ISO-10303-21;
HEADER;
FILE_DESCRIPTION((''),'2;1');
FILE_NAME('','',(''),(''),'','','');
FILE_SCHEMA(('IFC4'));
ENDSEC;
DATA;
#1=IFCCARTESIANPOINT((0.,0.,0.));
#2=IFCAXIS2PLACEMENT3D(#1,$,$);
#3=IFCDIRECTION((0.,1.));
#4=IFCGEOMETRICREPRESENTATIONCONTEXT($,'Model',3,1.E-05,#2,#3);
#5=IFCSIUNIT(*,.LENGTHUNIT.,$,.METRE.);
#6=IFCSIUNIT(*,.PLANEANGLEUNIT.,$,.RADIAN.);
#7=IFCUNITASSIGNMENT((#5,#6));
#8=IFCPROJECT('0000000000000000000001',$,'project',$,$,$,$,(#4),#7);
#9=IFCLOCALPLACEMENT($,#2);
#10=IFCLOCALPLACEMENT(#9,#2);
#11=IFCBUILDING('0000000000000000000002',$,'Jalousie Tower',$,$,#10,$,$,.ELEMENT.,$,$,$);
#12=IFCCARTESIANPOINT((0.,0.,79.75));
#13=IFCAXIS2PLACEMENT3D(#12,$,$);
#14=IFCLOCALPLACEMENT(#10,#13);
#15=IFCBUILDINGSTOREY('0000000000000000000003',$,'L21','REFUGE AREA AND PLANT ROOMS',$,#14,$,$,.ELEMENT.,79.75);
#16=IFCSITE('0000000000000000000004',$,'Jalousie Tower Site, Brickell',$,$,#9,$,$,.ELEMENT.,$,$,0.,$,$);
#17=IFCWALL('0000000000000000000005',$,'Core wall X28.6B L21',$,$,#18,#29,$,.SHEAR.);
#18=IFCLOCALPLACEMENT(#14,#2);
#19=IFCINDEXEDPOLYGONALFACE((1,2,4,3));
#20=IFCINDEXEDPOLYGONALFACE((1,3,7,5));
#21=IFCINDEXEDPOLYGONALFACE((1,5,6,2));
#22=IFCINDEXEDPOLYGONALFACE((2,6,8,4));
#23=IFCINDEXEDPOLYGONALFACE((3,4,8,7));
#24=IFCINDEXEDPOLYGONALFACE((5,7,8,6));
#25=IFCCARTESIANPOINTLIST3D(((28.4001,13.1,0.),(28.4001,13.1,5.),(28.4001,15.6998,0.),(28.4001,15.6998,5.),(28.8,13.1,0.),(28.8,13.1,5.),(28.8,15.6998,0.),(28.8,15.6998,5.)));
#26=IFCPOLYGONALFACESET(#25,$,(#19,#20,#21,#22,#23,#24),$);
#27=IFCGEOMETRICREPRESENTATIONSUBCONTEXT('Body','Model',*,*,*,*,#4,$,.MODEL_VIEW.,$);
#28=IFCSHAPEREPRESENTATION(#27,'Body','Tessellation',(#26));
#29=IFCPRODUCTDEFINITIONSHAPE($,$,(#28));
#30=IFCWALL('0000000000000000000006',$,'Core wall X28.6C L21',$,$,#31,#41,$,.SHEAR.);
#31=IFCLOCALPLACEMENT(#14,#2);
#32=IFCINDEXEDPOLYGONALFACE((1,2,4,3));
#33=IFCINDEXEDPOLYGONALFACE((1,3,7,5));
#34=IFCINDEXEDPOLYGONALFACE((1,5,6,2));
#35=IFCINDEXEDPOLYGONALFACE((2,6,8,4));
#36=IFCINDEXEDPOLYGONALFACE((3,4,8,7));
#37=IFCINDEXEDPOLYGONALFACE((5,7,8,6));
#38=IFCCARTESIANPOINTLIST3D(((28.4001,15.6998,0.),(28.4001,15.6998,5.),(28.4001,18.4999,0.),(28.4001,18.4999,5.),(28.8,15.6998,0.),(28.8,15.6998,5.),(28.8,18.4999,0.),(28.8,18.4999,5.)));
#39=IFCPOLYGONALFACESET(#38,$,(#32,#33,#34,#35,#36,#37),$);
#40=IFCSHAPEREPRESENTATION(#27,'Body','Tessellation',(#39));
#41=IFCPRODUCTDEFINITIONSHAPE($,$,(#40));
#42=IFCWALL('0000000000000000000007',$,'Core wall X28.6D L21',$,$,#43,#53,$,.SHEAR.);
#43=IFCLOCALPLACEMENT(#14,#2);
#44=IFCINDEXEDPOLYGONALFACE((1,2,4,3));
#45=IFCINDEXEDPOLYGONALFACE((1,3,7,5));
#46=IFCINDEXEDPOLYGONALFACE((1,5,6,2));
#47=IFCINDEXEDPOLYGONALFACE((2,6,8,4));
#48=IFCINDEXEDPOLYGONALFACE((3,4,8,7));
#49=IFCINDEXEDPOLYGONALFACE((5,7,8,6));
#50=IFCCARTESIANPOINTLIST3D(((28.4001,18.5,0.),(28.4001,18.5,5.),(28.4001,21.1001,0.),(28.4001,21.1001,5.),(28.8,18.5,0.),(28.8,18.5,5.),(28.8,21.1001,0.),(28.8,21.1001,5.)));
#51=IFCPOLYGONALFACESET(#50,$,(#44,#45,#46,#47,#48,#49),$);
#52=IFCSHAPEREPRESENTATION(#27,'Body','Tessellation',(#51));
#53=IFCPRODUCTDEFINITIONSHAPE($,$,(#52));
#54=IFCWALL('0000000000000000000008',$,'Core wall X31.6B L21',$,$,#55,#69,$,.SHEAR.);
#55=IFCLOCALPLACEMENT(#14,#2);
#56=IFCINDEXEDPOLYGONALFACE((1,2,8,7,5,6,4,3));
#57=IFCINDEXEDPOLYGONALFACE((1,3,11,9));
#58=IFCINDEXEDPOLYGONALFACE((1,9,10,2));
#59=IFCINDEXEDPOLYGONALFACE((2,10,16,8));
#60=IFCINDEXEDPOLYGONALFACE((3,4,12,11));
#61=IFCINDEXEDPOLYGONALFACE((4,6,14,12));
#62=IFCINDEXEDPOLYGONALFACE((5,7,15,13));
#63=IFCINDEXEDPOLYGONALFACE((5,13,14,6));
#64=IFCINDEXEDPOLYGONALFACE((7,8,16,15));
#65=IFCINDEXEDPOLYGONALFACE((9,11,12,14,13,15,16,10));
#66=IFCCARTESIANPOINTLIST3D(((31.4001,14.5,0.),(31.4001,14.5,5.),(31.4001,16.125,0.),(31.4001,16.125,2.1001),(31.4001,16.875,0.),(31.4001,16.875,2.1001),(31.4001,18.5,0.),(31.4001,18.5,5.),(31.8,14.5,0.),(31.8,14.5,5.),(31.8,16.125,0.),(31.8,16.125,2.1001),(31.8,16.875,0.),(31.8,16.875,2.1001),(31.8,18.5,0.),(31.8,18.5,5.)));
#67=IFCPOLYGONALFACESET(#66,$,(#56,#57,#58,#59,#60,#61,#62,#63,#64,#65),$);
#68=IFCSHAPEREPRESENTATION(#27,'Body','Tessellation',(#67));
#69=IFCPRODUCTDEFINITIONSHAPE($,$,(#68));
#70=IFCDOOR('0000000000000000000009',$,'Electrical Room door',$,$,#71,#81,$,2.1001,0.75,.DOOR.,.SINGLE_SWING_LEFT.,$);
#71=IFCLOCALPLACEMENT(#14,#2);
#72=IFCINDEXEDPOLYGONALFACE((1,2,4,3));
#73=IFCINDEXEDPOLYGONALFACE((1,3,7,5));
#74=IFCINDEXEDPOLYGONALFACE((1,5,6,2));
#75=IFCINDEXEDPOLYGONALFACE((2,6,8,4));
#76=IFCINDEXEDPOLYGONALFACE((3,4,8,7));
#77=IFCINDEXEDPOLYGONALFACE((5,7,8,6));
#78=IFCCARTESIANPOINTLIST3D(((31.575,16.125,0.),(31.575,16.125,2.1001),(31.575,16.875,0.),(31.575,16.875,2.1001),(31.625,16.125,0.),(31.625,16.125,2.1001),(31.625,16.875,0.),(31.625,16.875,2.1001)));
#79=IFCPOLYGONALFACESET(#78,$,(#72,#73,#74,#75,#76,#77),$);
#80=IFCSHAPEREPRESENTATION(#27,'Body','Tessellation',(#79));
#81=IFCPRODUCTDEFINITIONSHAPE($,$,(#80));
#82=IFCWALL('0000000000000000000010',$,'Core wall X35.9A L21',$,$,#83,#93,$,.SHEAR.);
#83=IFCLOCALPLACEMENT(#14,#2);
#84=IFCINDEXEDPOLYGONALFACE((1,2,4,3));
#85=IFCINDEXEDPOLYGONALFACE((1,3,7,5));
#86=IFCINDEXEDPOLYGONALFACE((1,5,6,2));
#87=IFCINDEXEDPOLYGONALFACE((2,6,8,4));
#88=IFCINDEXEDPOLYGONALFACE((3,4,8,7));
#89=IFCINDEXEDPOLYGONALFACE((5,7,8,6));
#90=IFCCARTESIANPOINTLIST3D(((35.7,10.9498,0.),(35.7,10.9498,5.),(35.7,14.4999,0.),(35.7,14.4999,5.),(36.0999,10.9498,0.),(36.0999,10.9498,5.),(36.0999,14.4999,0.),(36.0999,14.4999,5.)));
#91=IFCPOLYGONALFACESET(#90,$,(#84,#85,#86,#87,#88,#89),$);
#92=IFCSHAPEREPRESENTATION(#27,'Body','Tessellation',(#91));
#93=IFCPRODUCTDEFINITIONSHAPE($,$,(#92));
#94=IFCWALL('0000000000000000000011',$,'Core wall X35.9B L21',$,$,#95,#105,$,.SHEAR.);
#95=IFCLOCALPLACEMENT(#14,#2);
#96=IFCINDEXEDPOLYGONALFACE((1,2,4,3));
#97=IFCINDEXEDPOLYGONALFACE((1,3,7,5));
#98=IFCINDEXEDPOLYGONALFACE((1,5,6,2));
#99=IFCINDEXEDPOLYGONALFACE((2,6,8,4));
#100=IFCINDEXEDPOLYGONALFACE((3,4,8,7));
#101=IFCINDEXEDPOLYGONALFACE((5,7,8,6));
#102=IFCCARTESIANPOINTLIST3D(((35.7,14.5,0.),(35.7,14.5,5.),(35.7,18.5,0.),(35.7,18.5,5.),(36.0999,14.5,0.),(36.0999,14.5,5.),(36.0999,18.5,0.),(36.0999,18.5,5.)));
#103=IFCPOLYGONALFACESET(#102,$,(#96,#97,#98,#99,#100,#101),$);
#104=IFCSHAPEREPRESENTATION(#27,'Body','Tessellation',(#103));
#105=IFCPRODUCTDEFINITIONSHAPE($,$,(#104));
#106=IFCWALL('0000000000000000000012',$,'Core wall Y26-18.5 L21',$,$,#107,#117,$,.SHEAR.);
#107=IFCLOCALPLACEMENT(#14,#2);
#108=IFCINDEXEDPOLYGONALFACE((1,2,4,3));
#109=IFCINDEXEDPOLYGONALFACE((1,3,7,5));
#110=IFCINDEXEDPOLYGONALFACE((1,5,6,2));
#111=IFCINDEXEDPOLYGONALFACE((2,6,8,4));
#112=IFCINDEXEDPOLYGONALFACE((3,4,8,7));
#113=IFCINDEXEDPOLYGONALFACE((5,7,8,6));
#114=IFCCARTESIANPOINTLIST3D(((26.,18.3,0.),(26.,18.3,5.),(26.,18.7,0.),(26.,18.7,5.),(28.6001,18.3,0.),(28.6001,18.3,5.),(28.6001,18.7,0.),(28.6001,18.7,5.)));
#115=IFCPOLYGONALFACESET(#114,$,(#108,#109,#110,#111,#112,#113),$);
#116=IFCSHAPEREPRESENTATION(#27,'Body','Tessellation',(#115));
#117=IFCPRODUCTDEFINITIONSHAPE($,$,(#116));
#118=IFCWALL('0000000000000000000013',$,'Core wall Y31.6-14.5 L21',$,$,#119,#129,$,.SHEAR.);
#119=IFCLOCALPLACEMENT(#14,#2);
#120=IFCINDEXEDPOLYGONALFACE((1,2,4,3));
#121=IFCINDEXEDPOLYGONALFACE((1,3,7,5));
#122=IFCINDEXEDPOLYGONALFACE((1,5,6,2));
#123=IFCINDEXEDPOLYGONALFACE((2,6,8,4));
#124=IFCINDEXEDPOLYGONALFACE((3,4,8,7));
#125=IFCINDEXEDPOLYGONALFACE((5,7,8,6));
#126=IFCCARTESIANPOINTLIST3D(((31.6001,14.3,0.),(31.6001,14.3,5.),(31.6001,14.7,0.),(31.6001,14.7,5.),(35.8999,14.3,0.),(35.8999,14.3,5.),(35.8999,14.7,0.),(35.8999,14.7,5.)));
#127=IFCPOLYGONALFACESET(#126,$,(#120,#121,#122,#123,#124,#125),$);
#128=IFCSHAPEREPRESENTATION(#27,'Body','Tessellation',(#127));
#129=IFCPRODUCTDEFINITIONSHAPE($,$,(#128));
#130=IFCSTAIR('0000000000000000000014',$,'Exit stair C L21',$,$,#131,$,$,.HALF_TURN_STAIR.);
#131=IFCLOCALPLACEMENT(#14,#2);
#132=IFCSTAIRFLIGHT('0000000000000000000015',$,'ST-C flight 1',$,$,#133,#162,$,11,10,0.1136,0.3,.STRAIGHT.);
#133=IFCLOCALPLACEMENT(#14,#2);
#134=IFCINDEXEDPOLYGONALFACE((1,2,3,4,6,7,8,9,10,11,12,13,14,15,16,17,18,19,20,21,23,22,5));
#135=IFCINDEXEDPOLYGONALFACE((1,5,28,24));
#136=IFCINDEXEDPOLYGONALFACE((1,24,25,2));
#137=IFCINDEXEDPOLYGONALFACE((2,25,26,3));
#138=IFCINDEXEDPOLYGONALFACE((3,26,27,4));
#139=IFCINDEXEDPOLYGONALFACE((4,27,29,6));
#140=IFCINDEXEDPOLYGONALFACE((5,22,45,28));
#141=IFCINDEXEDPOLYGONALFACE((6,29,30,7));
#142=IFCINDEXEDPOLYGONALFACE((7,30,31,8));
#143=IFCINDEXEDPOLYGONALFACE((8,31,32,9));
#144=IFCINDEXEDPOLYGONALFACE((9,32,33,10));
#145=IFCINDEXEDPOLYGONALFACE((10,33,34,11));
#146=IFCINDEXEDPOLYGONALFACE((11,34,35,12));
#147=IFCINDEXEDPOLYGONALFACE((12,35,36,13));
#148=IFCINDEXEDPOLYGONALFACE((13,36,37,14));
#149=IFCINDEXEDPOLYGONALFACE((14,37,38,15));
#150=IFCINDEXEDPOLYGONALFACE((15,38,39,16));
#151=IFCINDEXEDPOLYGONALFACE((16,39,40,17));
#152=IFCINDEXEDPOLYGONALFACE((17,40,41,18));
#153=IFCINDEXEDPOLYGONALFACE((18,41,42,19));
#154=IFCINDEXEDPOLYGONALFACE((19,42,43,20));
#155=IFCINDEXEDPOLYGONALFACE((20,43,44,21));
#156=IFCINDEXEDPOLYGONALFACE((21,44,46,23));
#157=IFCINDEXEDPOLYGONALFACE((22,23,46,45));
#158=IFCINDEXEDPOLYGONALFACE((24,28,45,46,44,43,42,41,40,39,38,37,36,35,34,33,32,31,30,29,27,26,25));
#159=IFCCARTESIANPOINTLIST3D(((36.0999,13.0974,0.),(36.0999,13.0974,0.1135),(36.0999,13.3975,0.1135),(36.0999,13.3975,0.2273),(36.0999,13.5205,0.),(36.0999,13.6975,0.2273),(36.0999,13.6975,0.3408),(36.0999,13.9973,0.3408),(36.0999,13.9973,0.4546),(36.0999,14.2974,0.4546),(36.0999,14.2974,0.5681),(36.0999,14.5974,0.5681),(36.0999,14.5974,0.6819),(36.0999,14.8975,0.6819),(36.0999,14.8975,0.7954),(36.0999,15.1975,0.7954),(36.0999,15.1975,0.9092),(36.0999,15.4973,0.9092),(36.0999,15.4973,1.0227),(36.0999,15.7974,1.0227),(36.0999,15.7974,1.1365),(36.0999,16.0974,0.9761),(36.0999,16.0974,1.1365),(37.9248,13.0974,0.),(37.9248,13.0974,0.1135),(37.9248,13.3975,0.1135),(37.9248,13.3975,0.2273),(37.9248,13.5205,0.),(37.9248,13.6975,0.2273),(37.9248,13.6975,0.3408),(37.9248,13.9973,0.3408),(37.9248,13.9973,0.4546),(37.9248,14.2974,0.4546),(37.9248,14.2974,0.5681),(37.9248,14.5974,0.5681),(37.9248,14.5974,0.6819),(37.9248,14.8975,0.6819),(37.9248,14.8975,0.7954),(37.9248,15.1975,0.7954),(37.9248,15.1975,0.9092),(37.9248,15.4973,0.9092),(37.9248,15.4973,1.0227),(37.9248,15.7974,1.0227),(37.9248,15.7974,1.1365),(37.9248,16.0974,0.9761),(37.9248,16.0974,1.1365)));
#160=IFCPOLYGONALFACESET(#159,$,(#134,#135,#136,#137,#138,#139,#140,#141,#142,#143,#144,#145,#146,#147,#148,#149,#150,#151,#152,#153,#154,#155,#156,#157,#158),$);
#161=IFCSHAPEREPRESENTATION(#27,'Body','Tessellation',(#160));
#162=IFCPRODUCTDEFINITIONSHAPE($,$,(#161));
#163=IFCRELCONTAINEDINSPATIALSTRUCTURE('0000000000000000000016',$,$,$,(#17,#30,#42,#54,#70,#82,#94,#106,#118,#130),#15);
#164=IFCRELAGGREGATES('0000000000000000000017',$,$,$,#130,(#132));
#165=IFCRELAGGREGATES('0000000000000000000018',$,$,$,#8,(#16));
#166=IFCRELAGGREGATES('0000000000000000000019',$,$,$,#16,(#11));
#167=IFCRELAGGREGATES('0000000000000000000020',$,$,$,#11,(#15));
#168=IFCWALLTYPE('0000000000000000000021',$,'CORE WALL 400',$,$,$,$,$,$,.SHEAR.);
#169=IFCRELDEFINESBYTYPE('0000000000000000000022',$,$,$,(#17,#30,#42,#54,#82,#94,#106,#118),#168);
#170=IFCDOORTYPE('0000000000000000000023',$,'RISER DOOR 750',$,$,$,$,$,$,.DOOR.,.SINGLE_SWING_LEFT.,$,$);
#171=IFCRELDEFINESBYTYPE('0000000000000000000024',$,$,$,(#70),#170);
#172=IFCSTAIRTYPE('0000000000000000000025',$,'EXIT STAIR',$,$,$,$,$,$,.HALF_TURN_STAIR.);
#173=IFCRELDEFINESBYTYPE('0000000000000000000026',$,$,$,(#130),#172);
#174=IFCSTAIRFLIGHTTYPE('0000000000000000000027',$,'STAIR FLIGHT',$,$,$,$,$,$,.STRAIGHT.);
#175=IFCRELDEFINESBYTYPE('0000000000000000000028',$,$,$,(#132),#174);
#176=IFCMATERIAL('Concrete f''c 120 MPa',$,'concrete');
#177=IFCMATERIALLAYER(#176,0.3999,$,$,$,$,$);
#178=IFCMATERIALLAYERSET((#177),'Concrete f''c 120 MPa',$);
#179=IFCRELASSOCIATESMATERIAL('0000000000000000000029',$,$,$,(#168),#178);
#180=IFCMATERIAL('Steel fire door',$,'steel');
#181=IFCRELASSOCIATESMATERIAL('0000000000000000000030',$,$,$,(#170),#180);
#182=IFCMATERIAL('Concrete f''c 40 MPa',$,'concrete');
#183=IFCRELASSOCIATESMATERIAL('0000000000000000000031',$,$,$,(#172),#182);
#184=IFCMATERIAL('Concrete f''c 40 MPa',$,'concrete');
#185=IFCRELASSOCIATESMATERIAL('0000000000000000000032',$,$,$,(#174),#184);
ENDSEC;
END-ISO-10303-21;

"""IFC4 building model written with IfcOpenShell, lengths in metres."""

from ifc_helpers import new_model, si_unit, direction, frame, frame_2d, origin, place, context, subcontext, project, spatial, polyline, rectangle, outline, extrude, material, layer, layer_set, type_object, element, fill, aggregate, save


model = new_model("IFC4")

# Units and contexts
model_context = context("Model", 3, precision=1e-05, world=origin(), true_north=direction((0.0, 1.0)))
body_context = subcontext(model_context, "Body", "Model", "MODEL_VIEW")
ifc_project = project(units=[si_unit("LENGTHUNIT", "METRE"), si_unit("PLANEANGLEUNIT", "RADIAN")], contexts=[model_context])

# Site, building, storey
site_placement = place(None, origin())
site = spatial("IfcSite", under=ifc_project, at=site_placement, Name="Jalousie Tower Site, Brickell", CompositionType="ELEMENT", RefElevation=0.0)
building_placement = place(site_placement, origin())
building = spatial("IfcBuilding", under=site, at=building_placement, Name="Jalousie Tower", CompositionType="ELEMENT")
storey_placement = place(building_placement, frame((0.0, 0.0, 79.75)))
storey = spatial("IfcBuildingStorey", under=building, at=storey_placement, Name="L21", Description="REFUGE AREA AND PLANT ROOMS", CompositionType="ELEMENT", Elevation=79.75)

# Walls
ifc_material_1 = material(Name="Concrete f'c 120 MPa", Category="concrete")
ifc_layer = layer(ifc_material_1, 0.3999)
ifc_layer_set = layer_set([ifc_layer], Name="Concrete f'c 120 MPa")
wall_type = type_object("IfcWallType", Name="CORE WALL 400", PredefinedType="SHEAR", material=ifc_layer_set)
wall_1_placement = place(storey_placement, frame((28.6001, 13.1001, 0.0), z_axis=(0.0, 0.0, 1.0), x_axis=(0.0, 1.0, 0.0)))
element("IfcWall", 1, at=wall_1_placement, inside=storey, type_object=wall_type, Name="Core wall X28.6B L21", PredefinedType="SHEAR", context=body_context, shape_type="SweptSolid", body=[
    extrude(rectangle(XDim=2.5999, YDim=0.3999, at=frame_2d((1.2998, 0.0))), origin(), (0.0, 0.0, 1.0), 5.0),
])
wall_2_placement = place(storey_placement, frame((28.6001, 15.7, 0.0), z_axis=(0.0, 0.0, 1.0), x_axis=(0.0, 1.0, 0.0)))
element("IfcWall", 2, at=wall_2_placement, inside=storey, type_object=wall_type, Name="Core wall X28.6C L21", PredefinedType="SHEAR", context=body_context, shape_type="SweptSolid", body=[
    extrude(rectangle(XDim=2.8, YDim=0.3999, at=frame_2d((1.3999, 0.0))), origin(), (0.0, 0.0, 1.0), 5.0),
])
wall_3_placement = place(storey_placement, frame((28.6001, 18.5, 0.0), z_axis=(0.0, 0.0, 1.0), x_axis=(0.0, 1.0, 0.0)))
element("IfcWall", 3, at=wall_3_placement, inside=storey, type_object=wall_type, Name="Core wall X28.6D L21", PredefinedType="SHEAR", context=body_context, shape_type="SweptSolid", body=[
    extrude(rectangle(XDim=2.6001, YDim=0.3999, at=frame_2d((1.3, 0.0))), origin(), (0.0, 0.0, 1.0), 5.0),
])

# Wall, opening, door
wall_4_placement = place(storey_placement, frame((31.6001, 14.5, 0.0), z_axis=(0.0, 0.0, 1.0), x_axis=(0.0, 1.0, 0.0)))
wall_4 = element("IfcWall", 4, at=wall_4_placement, inside=storey, type_object=wall_type, Name="Core wall X31.6B L21", PredefinedType="SHEAR", context=body_context, shape_type="SweptSolid", body=[
    extrude(rectangle(XDim=4.0, YDim=0.3999, at=frame_2d((2.0, 0.0))), origin(), (0.0, 0.0, 1.0), 5.0),
])
opening_placement = place(wall_4_placement, frame((1.625, 0.0, 0.0)))
opening = element("IfcOpeningElement", 5, at=opening_placement, cuts=wall_4, PredefinedType="OPENING", context=body_context, shape_type="SweptSolid", body=[
    extrude(rectangle(XDim=0.75, YDim=2.1001, at=frame_2d((0.375, 1.05))), frame((0.0, 0.21, 0.0), z_axis=(0.0, -1.0, 0.0), x_axis=(1.0, 0.0, 0.0)), (0.0, 0.0, 1.0), 0.4199),
])
ifc_material_2 = material(Name="Steel fire door", Category="steel")
door_type = type_object("IfcDoorType", Name="RISER DOOR 750", OperationType="SINGLE_SWING_LEFT", PredefinedType="DOOR", material=ifc_material_2)
door_placement = place(opening_placement, frame((0.75, 0.0, 0.0), z_axis=(0.0, 0.0, 1.0), x_axis=(-1.0, 0.0, 0.0)))
door = element("IfcDoor", 6, at=door_placement, inside=storey, type_object=door_type, Name="Electrical Room door", OperationType="SINGLE_SWING_LEFT", OverallHeight=2.1001, OverallWidth=0.75, PredefinedType="DOOR", context=body_context, shape_type="SweptSolid", body=[
    extrude(rectangle(XDim=0.75, YDim=2.1001, at=frame_2d((0.375, 1.05))), frame((0.0, 0.0249, 0.0), z_axis=(0.0, -1.0, 0.0), x_axis=(1.0, 0.0, 0.0)), (0.0, 0.0, 1.0), 0.05),
])
fill(opening, door)

# Walls
wall_5_placement = place(storey_placement, frame((35.8999, 10.95, 0.0), z_axis=(0.0, 0.0, 1.0), x_axis=(0.0, 1.0, 0.0)))
element("IfcWall", 7, at=wall_5_placement, inside=storey, type_object=wall_type, Name="Core wall X35.9A L21", PredefinedType="SHEAR", context=body_context, shape_type="SweptSolid", body=[
    extrude(rectangle(XDim=3.55, YDim=0.3999, at=frame_2d((1.7749, 0.0))), origin(), (0.0, 0.0, 1.0), 5.0),
])
wall_6_placement = place(storey_placement, frame((35.8999, 14.5, 0.0), z_axis=(0.0, 0.0, 1.0), x_axis=(0.0, 1.0, 0.0)))
element("IfcWall", 8, at=wall_6_placement, inside=storey, type_object=wall_type, Name="Core wall X35.9B L21", PredefinedType="SHEAR", context=body_context, shape_type="SweptSolid", body=[
    extrude(rectangle(XDim=4.0, YDim=0.3999, at=frame_2d((2.0, 0.0))), origin(), (0.0, 0.0, 1.0), 5.0),
])
wall_7_placement = place(storey_placement, frame((26.0, 18.5, 0.0), z_axis=(0.0, 0.0, 1.0), x_axis=(1.0, 0.0, 0.0)))
element("IfcWall", 9, at=wall_7_placement, inside=storey, type_object=wall_type, Name="Core wall Y26-18.5 L21", PredefinedType="SHEAR", context=body_context, shape_type="SweptSolid", body=[
    extrude(rectangle(XDim=2.6001, YDim=0.3999, at=frame_2d((1.3, 0.0))), origin(), (0.0, 0.0, 1.0), 5.0),
])
wall_8_placement = place(storey_placement, frame((31.6001, 14.5, 0.0), z_axis=(0.0, 0.0, 1.0), x_axis=(1.0, 0.0, 0.0)))
element("IfcWall", 10, at=wall_8_placement, inside=storey, type_object=wall_type, Name="Core wall Y31.6-14.5 L21", PredefinedType="SHEAR", context=body_context, shape_type="SweptSolid", body=[
    extrude(rectangle(XDim=4.2998, YDim=0.3999, at=frame_2d((2.1499, 0.0))), origin(), (0.0, 0.0, 1.0), 5.0),
])

# Stair, stair flight
ifc_material_3 = material(Name="Concrete f'c 40 MPa", Category="concrete")
stair_type = type_object("IfcStairType", Name="EXIT STAIR", PredefinedType="HALF_TURN_STAIR", material=ifc_material_3)
stair_placement = place(storey_placement, origin())
stair = element("IfcStair", 11, at=stair_placement, inside=storey, type_object=stair_type, Name="Exit stair C L21", PredefinedType="HALF_TURN_STAIR")
ifc_material_4 = material(Name="Concrete f'c 40 MPa", Category="concrete")
stair_flight_type = type_object("IfcStairFlightType", Name="STAIR FLIGHT", PredefinedType="STRAIGHT", material=ifc_material_4)
stair_flight_1_placement = place(storey_placement, frame((37.0125, 13.0974, 0.0), z_axis=(0.0, 0.0, 1.0), x_axis=(0.0, 1.0, 0.0)))
stair_flight_1 = element("IfcStairFlight", 12, at=stair_flight_1_placement, type_object=stair_flight_type, Name="ST-C flight 1", NumberOfRisers=11, NumberOfTreads=10, PredefinedType="STRAIGHT", RiserHeight=0.1136, TreadLength=0.3, context=body_context, shape_type="SweptSolid", body=[
    extrude(outline(polyline([(0.0, 0.0), (0.0, 0.1135), (0.3, 0.1135), (0.3, 0.2273), (0.6001, 0.2273), (0.6001, 0.3408), (0.8999, 0.3408), (0.8999, 0.4546), (1.2, 0.4546), (1.2, 0.5681), (1.5, 0.5681), (1.5, 0.6819), (1.8, 0.6819), (1.8, 0.7954), (2.1001, 0.7954), (2.1001, 0.9092), (2.3999, 0.9092), (2.3999, 1.0227), (2.7, 1.0227), (2.7, 1.1365), (3.0, 1.1365), (3.0, 1.25), (3.0, 0.9761), (0.4231, 0.0), (0.0, 0.0)])), frame((0.0, 0.9126, 0.0), z_axis=(0.0, -1.0, 0.0), x_axis=(1.0, 0.0, 0.0)), (0.0, 0.0, 1.0), 1.825),
])
aggregate(stair, [stair_flight_1])

save(model, "model.ifc")
